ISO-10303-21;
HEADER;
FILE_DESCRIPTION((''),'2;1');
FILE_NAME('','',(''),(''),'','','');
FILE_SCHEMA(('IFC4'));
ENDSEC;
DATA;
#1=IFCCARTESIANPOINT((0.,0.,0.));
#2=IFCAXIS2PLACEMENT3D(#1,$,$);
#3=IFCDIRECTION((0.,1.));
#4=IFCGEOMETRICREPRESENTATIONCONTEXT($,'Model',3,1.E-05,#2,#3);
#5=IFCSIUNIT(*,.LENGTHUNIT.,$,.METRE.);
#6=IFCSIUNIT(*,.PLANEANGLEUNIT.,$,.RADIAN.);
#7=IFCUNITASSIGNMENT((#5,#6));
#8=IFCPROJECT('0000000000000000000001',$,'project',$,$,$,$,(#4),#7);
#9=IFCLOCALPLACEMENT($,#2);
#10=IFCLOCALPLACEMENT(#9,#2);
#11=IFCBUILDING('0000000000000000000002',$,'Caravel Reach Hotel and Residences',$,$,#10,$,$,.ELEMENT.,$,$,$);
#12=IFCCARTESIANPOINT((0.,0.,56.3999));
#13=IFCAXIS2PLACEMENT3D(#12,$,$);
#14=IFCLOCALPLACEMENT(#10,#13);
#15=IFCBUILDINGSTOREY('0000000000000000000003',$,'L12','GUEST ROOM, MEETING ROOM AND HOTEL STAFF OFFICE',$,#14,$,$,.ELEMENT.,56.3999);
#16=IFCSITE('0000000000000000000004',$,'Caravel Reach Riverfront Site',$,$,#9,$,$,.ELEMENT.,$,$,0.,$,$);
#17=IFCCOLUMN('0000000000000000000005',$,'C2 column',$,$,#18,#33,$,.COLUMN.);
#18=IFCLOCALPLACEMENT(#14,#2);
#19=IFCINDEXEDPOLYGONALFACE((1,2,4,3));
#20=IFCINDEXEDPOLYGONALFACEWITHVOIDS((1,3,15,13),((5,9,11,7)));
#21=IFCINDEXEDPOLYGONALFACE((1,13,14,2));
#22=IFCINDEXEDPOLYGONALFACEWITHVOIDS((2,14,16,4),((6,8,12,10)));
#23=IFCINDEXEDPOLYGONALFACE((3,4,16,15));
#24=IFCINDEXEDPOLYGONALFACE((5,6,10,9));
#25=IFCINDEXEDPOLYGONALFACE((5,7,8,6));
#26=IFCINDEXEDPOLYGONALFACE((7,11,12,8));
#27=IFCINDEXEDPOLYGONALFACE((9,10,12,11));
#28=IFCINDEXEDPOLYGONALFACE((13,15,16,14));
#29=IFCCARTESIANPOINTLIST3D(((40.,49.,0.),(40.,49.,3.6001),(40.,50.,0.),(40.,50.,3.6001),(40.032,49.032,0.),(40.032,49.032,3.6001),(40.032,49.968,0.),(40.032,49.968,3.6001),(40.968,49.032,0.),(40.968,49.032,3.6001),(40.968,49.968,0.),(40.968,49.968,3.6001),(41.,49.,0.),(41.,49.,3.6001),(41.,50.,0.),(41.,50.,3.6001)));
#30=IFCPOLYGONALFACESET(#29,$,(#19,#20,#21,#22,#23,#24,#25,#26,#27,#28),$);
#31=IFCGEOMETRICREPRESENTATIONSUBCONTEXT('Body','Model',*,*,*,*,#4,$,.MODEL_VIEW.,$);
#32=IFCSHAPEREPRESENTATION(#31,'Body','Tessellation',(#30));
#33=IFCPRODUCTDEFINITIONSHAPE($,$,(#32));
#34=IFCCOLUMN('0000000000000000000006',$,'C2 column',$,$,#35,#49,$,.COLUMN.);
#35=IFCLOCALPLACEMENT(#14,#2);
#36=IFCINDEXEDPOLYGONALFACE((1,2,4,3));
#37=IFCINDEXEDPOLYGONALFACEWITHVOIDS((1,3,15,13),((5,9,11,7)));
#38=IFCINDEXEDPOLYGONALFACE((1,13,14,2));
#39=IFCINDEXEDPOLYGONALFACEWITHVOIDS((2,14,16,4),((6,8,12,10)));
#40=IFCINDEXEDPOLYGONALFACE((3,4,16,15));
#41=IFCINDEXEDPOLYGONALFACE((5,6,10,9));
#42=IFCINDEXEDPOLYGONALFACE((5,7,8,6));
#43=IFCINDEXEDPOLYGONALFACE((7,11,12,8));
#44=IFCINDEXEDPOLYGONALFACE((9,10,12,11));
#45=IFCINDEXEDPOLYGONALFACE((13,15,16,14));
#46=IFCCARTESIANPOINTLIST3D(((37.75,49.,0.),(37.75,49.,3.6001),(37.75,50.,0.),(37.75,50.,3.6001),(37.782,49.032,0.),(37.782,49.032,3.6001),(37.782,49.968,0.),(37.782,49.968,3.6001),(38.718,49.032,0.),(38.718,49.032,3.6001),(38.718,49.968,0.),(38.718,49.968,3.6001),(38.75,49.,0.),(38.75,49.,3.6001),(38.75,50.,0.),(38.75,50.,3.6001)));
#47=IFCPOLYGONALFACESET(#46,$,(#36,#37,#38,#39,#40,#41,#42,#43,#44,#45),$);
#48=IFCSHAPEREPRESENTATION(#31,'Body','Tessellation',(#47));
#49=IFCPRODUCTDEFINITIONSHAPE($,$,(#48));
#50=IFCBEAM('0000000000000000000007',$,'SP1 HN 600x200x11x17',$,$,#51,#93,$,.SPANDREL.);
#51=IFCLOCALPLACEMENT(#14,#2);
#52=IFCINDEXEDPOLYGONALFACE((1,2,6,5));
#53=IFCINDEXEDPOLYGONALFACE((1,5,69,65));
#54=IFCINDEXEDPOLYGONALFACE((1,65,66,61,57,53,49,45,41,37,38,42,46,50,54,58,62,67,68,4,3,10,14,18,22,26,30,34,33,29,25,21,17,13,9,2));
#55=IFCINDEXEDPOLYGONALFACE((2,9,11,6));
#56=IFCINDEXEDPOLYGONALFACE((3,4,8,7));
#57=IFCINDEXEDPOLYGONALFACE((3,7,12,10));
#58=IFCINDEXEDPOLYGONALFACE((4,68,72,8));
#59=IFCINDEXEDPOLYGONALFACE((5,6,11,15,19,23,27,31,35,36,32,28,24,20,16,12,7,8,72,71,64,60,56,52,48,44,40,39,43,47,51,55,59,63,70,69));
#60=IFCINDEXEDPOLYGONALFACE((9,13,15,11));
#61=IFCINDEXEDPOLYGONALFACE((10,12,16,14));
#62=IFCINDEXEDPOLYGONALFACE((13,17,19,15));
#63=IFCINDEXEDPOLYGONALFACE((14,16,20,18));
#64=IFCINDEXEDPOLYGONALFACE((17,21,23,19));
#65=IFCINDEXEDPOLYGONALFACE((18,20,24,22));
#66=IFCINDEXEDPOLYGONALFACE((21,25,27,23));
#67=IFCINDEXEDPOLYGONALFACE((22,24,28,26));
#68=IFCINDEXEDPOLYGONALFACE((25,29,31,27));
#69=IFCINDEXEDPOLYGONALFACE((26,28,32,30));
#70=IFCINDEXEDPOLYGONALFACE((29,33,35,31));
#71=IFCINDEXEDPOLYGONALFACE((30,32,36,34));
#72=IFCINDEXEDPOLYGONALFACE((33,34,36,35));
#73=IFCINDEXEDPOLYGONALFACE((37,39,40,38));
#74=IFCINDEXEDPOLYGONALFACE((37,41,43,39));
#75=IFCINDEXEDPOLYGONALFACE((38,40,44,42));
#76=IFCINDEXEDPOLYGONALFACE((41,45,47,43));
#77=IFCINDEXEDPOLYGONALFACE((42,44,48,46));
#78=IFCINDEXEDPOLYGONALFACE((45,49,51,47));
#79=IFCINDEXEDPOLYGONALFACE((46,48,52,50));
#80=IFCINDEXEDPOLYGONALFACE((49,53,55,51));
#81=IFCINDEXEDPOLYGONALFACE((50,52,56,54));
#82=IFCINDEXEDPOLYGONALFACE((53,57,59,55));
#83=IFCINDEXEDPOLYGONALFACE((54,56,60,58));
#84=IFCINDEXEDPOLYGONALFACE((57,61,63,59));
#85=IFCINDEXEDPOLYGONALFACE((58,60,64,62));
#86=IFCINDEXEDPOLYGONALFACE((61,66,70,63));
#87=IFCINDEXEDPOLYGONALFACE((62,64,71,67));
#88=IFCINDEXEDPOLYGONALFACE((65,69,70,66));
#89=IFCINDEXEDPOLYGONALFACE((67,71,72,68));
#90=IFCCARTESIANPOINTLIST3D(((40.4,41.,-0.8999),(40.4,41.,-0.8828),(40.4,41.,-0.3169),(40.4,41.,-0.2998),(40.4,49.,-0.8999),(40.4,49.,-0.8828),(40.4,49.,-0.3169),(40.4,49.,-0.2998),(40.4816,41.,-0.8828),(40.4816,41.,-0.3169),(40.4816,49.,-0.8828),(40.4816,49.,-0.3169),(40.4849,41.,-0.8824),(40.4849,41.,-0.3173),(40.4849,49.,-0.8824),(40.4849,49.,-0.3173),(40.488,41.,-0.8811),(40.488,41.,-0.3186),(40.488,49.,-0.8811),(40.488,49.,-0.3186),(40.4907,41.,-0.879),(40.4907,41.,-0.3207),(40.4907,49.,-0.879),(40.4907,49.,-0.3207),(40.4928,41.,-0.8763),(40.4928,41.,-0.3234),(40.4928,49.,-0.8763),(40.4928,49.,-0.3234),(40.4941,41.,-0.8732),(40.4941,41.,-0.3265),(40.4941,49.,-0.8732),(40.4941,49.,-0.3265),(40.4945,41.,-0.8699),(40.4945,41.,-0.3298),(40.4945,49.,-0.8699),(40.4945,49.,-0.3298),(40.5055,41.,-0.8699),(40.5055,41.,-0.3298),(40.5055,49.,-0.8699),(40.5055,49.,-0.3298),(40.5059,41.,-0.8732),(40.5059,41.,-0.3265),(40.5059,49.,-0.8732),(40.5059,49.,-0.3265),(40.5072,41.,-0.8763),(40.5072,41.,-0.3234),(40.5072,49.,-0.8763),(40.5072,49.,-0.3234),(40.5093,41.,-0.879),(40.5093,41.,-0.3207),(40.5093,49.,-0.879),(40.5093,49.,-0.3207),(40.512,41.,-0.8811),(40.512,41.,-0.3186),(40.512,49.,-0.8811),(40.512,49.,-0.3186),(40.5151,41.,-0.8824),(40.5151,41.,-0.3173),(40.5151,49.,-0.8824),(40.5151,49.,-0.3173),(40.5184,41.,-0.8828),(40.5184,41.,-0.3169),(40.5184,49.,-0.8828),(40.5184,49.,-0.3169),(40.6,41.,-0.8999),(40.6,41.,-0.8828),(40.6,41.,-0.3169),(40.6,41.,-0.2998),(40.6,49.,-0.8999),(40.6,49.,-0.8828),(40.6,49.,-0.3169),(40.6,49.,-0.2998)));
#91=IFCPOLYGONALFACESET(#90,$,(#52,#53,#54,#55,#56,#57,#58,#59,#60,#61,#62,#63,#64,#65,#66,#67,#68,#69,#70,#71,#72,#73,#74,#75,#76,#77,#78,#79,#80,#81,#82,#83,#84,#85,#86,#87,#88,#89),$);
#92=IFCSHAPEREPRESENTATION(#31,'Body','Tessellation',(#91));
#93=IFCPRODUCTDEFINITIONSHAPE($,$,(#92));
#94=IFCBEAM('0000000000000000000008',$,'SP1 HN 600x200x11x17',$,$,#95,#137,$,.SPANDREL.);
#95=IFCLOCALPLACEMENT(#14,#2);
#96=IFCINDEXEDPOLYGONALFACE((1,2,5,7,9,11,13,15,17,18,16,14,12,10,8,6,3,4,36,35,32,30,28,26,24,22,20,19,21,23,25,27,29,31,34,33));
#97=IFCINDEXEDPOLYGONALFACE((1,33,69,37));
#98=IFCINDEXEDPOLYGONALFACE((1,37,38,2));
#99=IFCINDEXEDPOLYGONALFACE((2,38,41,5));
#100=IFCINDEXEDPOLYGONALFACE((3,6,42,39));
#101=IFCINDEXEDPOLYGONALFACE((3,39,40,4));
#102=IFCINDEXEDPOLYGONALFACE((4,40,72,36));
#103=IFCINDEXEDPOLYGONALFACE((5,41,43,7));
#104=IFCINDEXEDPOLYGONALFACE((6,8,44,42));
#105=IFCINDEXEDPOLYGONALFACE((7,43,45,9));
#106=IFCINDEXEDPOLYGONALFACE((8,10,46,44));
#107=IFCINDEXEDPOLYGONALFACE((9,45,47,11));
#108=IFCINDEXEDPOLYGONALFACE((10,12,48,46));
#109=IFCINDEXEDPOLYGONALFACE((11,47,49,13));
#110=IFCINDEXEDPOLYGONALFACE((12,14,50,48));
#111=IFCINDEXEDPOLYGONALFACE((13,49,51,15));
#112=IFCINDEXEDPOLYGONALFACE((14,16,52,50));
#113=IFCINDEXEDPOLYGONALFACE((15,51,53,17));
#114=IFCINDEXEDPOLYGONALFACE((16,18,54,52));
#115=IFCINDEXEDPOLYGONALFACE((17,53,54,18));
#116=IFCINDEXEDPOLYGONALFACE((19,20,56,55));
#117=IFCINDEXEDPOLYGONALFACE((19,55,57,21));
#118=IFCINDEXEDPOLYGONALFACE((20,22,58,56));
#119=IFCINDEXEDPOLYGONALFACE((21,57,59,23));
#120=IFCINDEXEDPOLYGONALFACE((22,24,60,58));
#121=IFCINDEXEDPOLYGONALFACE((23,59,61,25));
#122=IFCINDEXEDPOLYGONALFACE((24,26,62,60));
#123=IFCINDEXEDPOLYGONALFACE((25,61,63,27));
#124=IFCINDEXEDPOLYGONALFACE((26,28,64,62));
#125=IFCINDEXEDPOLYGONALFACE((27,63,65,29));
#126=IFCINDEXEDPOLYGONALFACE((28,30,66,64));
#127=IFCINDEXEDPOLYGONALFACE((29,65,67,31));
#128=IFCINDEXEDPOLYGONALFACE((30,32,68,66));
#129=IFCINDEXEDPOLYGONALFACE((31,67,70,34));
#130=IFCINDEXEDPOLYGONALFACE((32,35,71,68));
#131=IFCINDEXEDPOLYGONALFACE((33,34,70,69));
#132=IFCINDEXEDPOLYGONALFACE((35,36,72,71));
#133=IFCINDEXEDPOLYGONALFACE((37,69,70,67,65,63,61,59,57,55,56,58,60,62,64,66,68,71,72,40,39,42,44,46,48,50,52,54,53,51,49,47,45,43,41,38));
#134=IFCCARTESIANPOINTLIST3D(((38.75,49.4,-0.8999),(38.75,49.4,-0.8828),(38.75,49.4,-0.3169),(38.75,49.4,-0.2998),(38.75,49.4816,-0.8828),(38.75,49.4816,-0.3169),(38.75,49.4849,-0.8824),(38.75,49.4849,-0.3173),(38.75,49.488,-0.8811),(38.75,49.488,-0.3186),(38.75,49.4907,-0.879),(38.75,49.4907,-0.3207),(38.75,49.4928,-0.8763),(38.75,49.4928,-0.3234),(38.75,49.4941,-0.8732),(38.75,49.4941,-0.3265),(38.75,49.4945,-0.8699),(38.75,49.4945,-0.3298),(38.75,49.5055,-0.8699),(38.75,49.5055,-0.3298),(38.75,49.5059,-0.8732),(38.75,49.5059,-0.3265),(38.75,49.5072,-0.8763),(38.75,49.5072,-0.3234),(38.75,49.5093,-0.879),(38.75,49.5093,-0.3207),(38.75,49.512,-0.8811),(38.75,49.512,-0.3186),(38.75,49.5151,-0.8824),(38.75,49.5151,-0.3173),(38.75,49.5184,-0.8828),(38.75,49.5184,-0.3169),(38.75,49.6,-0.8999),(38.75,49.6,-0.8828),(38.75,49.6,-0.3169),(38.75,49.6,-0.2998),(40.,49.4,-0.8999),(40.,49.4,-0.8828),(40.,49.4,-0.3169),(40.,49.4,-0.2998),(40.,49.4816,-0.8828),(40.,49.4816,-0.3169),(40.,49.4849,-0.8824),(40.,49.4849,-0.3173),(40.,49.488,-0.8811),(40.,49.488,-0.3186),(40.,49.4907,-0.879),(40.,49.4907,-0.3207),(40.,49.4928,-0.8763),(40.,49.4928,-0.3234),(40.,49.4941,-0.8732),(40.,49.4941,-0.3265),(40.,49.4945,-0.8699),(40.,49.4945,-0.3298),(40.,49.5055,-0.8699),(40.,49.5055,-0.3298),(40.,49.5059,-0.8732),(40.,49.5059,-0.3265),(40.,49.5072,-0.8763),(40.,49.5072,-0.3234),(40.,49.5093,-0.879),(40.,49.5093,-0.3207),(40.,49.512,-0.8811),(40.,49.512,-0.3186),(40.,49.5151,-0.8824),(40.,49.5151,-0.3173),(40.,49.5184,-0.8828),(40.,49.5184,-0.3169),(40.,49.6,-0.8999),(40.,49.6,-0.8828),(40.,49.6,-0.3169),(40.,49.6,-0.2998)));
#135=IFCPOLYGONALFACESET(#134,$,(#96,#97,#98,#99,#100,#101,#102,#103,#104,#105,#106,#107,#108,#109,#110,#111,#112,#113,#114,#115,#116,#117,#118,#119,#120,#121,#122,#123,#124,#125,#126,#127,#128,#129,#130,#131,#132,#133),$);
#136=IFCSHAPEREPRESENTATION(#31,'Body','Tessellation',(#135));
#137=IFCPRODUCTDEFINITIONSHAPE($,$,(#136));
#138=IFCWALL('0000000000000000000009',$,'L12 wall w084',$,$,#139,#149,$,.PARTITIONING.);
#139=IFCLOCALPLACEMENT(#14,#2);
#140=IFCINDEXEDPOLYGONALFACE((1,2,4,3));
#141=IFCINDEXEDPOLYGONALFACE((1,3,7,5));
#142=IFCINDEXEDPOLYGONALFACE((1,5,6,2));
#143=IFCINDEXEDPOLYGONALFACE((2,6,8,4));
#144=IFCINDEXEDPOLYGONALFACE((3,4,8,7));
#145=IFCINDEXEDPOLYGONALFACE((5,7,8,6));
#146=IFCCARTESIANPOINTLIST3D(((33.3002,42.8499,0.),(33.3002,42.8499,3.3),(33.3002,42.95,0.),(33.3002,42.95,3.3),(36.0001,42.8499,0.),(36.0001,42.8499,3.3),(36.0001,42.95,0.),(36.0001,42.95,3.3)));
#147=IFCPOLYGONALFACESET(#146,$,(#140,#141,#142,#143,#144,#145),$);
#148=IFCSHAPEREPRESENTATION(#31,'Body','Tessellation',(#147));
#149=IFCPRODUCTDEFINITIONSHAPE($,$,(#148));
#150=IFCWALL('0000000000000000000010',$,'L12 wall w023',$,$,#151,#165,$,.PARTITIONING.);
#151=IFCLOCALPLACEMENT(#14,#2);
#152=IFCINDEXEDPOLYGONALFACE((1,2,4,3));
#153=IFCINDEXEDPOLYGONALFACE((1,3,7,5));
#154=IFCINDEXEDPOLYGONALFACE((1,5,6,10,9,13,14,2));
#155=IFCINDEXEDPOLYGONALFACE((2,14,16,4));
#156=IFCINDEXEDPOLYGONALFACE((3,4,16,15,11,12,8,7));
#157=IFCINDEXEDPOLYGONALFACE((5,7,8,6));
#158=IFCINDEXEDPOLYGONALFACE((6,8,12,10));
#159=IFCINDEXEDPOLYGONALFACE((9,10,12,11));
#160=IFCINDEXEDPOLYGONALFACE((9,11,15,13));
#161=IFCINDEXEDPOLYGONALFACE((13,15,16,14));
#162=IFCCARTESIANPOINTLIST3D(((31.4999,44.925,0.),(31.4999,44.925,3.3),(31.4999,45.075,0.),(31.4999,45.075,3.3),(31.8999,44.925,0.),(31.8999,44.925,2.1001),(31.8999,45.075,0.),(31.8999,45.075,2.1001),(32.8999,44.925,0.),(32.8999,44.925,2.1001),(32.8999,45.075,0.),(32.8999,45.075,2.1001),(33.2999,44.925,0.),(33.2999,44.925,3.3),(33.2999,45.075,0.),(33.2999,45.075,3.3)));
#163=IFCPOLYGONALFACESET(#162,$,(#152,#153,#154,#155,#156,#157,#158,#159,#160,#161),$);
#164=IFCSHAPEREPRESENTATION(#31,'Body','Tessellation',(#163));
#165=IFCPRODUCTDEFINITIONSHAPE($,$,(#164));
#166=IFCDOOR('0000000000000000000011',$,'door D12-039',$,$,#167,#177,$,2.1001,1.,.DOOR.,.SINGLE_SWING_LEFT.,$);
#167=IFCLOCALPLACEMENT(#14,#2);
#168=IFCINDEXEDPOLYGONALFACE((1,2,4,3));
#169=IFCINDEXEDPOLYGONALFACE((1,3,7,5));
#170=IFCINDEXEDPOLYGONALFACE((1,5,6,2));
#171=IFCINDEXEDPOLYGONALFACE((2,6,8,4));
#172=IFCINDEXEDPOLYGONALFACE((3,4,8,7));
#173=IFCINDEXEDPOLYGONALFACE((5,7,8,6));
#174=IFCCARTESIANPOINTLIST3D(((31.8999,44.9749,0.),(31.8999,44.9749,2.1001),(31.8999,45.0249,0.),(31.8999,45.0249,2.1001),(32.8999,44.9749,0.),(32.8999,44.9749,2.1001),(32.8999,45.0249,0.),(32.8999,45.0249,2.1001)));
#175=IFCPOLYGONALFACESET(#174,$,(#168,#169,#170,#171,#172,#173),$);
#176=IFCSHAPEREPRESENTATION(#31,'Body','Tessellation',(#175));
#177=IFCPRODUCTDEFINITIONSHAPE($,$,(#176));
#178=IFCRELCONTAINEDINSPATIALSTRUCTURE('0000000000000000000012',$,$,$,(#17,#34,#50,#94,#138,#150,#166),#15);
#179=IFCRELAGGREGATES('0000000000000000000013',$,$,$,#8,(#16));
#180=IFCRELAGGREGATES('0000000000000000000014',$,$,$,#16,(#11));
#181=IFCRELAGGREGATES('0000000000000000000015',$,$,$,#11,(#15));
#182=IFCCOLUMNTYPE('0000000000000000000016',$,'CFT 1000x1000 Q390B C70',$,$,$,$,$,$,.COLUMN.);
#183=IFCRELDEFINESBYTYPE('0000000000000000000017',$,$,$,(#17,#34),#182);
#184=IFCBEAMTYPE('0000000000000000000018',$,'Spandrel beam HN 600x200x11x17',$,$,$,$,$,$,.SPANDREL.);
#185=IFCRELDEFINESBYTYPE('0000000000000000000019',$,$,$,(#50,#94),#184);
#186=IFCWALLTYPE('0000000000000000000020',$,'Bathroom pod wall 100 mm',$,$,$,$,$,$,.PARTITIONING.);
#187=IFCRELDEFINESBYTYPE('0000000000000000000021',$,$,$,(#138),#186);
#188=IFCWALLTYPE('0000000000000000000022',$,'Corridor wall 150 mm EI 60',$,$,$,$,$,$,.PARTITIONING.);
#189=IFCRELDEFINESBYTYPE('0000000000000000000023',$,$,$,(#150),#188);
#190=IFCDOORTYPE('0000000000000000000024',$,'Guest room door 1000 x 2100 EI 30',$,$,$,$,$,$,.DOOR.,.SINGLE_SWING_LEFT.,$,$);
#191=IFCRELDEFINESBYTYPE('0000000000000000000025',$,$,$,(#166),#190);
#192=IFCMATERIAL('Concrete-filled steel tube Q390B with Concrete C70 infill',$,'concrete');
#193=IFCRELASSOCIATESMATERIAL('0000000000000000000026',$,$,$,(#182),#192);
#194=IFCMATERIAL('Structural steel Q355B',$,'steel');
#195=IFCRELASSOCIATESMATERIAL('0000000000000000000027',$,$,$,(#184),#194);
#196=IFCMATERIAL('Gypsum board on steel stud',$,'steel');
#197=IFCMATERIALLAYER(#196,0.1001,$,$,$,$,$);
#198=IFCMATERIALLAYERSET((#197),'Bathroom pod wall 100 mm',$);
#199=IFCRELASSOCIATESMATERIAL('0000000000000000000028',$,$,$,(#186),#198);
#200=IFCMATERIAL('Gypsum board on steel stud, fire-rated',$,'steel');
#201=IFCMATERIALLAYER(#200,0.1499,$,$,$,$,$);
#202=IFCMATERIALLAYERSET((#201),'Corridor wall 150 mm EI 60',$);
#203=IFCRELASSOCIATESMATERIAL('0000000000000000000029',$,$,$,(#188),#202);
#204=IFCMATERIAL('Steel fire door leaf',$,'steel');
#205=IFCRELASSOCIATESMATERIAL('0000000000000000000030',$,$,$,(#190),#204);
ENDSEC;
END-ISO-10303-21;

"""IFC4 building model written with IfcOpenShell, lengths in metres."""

from ifc_helpers import new_model, si_unit, direction, frame, frame_2d, origin, origin_2d, place, context, subcontext, project, spatial, rectangle, hollow_rectangle, i_section, extrude, material, layer, layer_set, material_profile, profile_set, type_object, element, fill, save


model = new_model("IFC4")

# Units and contexts
model_context = context("Model", 3, precision=1e-05, world=origin(), true_north=direction((0.0, 1.0)))
body_context = subcontext(model_context, "Body", "Model", "MODEL_VIEW")
ifc_project = project(units=[si_unit("LENGTHUNIT", "METRE"), si_unit("PLANEANGLEUNIT", "RADIAN")], contexts=[model_context])

# Site, building, storey
site_placement = place(None, origin())
site = spatial("IfcSite", under=ifc_project, at=site_placement, Name="Caravel Reach Riverfront Site", CompositionType="ELEMENT", RefElevation=0.0)
building_placement = place(site_placement, origin())
building = spatial("IfcBuilding", under=site, at=building_placement, Name="Caravel Reach Hotel and Residences", CompositionType="ELEMENT")
storey_placement = place(building_placement, frame((0.0, 0.0, 56.3999)))
storey = spatial("IfcBuildingStorey", under=building, at=storey_placement, Name="L12", Description="GUEST ROOM, MEETING ROOM AND HOTEL STAFF OFFICE", CompositionType="ELEMENT", Elevation=56.3999)

# Columns
ifc_material_1 = material(Name="Concrete-filled steel tube Q390B with Concrete C70 infill", Category="concrete")
ifc_material_profile_1 = material_profile(ifc_material_1, hollow_rectangle(XDim=1.0, YDim=1.0, WallThickness=0.032, at=origin_2d()), Name="RHS 1000x1000x32")
ifc_profile_set_1 = profile_set([ifc_material_profile_1], Name="Concrete-filled steel tube Q390B with Concrete C70 infill")
column_type = type_object("IfcColumnType", Name="CFT 1000x1000 Q390B C70", PredefinedType="COLUMN", material=ifc_profile_set_1)
for number, where, z_axis, x_axis, name in (
    (1, (40.5, 49.5, 0.0), (0.0, 0.0, 1.0), (1.0, 0.0, 0.0), "C2 column"),
    (2, (38.25, 49.5, 0.0), (0.0, 0.0, 1.0), (1.0, 0.0, 0.0), "C2 column"),
):
    element("IfcColumn", number, at=place(storey_placement, frame(where, z_axis=z_axis, x_axis=x_axis)), inside=storey, type_object=column_type, Name=name, PredefinedType="COLUMN", context=body_context, shape_type="SweptSolid", body=[
        extrude(hollow_rectangle(XDim=1.0, YDim=1.0, WallThickness=0.032, at=origin_2d()), origin(), (0.0, 0.0, 1.0), 3.6001),
    ])

# Beams
ifc_material_2 = material(Name="Structural steel Q355B", Category="steel")
ifc_material_profile_2 = material_profile(ifc_material_2, i_section(OverallWidth=0.2, OverallDepth=0.6001, WebThickness=0.011, FlangeThickness=0.0171, FilletRadius=0.0129, at=origin_2d()), Name="HN 600x200x11x17")
ifc_profile_set_2 = profile_set([ifc_material_profile_2], Name="Structural steel Q355B")
beam_type = type_object("IfcBeamType", Name="Spandrel beam HN 600x200x11x17", PredefinedType="SPANDREL", material=ifc_profile_set_2)
beam_1_placement = place(storey_placement, frame((40.5, 41.0, -0.5999), z_axis=(0.0, 1.0, 0.0), x_axis=(-1.0, 0.0, 0.0)))
element("IfcBeam", 3, at=beam_1_placement, inside=storey, type_object=beam_type, Name="SP1 HN 600x200x11x17", PredefinedType="SPANDREL", context=body_context, shape_type="SweptSolid", body=[
    extrude(i_section(OverallWidth=0.2, OverallDepth=0.6001, WebThickness=0.011, FlangeThickness=0.0171, FilletRadius=0.0129, at=origin_2d()), origin(), (0.0, 0.0, 1.0), 8.0),
])
beam_2_placement = place(storey_placement, frame((40.0, 49.5, -0.5999), z_axis=(-1.0, 0.0, 0.0), x_axis=(0.0, -1.0, 0.0)))
element("IfcBeam", 4, at=beam_2_placement, inside=storey, type_object=beam_type, Name="SP1 HN 600x200x11x17", PredefinedType="SPANDREL", context=body_context, shape_type="SweptSolid", body=[
    extrude(i_section(OverallWidth=0.2, OverallDepth=0.6001, WebThickness=0.011, FlangeThickness=0.0171, FilletRadius=0.0129, at=origin_2d()), origin(), (0.0, 0.0, 1.0), 1.25),
])

# Wall
ifc_material_3 = material(Name="Gypsum board on steel stud", Category="steel")
ifc_layer_1 = layer(ifc_material_3, 0.1001)
ifc_layer_set_1 = layer_set([ifc_layer_1], Name="Bathroom pod wall 100 mm")
wall_type_1 = type_object("IfcWallType", Name="Bathroom pod wall 100 mm", PredefinedType="PARTITIONING", material=ifc_layer_set_1)
wall_1_placement = place(storey_placement, frame((33.3, 42.8999, 0.0), z_axis=(0.0, 0.0, 1.0), x_axis=(1.0, 0.0, 0.0)))
element("IfcWall", 5, at=wall_1_placement, inside=storey, type_object=wall_type_1, Name="L12 wall w084", PredefinedType="PARTITIONING", context=body_context, shape_type="SweptSolid", body=[
    extrude(rectangle(XDim=2.7, YDim=0.1001, at=frame_2d((1.3501, 0.0))), origin(), (0.0, 0.0, 1.0), 3.3),
])

# Wall, opening, door
ifc_material_4 = material(Name="Gypsum board on steel stud, fire-rated", Category="steel")
ifc_layer_2 = layer(ifc_material_4, 0.1499)
ifc_layer_set_2 = layer_set([ifc_layer_2], Name="Corridor wall 150 mm EI 60")
wall_type_2 = type_object("IfcWallType", Name="Corridor wall 150 mm EI 60", PredefinedType="PARTITIONING", material=ifc_layer_set_2)
wall_2_placement = place(storey_placement, frame((31.5, 45.0, 0.0), z_axis=(0.0, 0.0, 1.0), x_axis=(1.0, 0.0, 0.0)))
wall_2 = element("IfcWall", 6, at=wall_2_placement, inside=storey, type_object=wall_type_2, Name="L12 wall w023", PredefinedType="PARTITIONING", context=body_context, shape_type="SweptSolid", body=[
    extrude(rectangle(XDim=1.8, YDim=0.1499, at=frame_2d((0.8999, 0.0))), origin(), (0.0, 0.0, 1.0), 3.3),
])
opening_1_placement = place(wall_2_placement, frame((0.3999, 0.0, 0.0)))
opening_1 = element("IfcOpeningElement", 7, at=opening_1_placement, cuts=wall_2, PredefinedType="OPENING", context=body_context, shape_type="SweptSolid", body=[
    extrude(rectangle(XDim=1.0, YDim=2.1001, at=frame_2d((0.5, 1.05))), frame((0.0, 0.085, 0.0), z_axis=(0.0, -1.0, 0.0), x_axis=(1.0, 0.0, 0.0)), (0.0, 0.0, 1.0), 0.1699),
])
ifc_material_5 = material(Name="Steel fire door leaf", Category="steel")
door_type = type_object("IfcDoorType", Name="Guest room door 1000 x 2100 EI 30", OperationType="SINGLE_SWING_LEFT", PredefinedType="DOOR", material=ifc_material_5)
door_placement = place(opening_1_placement, origin())
door = element("IfcDoor", 8, at=door_placement, inside=storey, type_object=door_type, Name="door D12-039", OperationType="SINGLE_SWING_LEFT", OverallHeight=2.1001, OverallWidth=1.0, PredefinedType="DOOR", context=body_context, shape_type="SweptSolid", body=[
    extrude(rectangle(XDim=1.0, YDim=2.1001, at=frame_2d((0.5, 1.05))), frame((0.0, 0.0249, 0.0), z_axis=(0.0, -1.0, 0.0), x_axis=(1.0, 0.0, 0.0)), (0.0, 0.0, 1.0), 0.05),
])
fill(opening_1, door)

save(model, "model.ifc")
